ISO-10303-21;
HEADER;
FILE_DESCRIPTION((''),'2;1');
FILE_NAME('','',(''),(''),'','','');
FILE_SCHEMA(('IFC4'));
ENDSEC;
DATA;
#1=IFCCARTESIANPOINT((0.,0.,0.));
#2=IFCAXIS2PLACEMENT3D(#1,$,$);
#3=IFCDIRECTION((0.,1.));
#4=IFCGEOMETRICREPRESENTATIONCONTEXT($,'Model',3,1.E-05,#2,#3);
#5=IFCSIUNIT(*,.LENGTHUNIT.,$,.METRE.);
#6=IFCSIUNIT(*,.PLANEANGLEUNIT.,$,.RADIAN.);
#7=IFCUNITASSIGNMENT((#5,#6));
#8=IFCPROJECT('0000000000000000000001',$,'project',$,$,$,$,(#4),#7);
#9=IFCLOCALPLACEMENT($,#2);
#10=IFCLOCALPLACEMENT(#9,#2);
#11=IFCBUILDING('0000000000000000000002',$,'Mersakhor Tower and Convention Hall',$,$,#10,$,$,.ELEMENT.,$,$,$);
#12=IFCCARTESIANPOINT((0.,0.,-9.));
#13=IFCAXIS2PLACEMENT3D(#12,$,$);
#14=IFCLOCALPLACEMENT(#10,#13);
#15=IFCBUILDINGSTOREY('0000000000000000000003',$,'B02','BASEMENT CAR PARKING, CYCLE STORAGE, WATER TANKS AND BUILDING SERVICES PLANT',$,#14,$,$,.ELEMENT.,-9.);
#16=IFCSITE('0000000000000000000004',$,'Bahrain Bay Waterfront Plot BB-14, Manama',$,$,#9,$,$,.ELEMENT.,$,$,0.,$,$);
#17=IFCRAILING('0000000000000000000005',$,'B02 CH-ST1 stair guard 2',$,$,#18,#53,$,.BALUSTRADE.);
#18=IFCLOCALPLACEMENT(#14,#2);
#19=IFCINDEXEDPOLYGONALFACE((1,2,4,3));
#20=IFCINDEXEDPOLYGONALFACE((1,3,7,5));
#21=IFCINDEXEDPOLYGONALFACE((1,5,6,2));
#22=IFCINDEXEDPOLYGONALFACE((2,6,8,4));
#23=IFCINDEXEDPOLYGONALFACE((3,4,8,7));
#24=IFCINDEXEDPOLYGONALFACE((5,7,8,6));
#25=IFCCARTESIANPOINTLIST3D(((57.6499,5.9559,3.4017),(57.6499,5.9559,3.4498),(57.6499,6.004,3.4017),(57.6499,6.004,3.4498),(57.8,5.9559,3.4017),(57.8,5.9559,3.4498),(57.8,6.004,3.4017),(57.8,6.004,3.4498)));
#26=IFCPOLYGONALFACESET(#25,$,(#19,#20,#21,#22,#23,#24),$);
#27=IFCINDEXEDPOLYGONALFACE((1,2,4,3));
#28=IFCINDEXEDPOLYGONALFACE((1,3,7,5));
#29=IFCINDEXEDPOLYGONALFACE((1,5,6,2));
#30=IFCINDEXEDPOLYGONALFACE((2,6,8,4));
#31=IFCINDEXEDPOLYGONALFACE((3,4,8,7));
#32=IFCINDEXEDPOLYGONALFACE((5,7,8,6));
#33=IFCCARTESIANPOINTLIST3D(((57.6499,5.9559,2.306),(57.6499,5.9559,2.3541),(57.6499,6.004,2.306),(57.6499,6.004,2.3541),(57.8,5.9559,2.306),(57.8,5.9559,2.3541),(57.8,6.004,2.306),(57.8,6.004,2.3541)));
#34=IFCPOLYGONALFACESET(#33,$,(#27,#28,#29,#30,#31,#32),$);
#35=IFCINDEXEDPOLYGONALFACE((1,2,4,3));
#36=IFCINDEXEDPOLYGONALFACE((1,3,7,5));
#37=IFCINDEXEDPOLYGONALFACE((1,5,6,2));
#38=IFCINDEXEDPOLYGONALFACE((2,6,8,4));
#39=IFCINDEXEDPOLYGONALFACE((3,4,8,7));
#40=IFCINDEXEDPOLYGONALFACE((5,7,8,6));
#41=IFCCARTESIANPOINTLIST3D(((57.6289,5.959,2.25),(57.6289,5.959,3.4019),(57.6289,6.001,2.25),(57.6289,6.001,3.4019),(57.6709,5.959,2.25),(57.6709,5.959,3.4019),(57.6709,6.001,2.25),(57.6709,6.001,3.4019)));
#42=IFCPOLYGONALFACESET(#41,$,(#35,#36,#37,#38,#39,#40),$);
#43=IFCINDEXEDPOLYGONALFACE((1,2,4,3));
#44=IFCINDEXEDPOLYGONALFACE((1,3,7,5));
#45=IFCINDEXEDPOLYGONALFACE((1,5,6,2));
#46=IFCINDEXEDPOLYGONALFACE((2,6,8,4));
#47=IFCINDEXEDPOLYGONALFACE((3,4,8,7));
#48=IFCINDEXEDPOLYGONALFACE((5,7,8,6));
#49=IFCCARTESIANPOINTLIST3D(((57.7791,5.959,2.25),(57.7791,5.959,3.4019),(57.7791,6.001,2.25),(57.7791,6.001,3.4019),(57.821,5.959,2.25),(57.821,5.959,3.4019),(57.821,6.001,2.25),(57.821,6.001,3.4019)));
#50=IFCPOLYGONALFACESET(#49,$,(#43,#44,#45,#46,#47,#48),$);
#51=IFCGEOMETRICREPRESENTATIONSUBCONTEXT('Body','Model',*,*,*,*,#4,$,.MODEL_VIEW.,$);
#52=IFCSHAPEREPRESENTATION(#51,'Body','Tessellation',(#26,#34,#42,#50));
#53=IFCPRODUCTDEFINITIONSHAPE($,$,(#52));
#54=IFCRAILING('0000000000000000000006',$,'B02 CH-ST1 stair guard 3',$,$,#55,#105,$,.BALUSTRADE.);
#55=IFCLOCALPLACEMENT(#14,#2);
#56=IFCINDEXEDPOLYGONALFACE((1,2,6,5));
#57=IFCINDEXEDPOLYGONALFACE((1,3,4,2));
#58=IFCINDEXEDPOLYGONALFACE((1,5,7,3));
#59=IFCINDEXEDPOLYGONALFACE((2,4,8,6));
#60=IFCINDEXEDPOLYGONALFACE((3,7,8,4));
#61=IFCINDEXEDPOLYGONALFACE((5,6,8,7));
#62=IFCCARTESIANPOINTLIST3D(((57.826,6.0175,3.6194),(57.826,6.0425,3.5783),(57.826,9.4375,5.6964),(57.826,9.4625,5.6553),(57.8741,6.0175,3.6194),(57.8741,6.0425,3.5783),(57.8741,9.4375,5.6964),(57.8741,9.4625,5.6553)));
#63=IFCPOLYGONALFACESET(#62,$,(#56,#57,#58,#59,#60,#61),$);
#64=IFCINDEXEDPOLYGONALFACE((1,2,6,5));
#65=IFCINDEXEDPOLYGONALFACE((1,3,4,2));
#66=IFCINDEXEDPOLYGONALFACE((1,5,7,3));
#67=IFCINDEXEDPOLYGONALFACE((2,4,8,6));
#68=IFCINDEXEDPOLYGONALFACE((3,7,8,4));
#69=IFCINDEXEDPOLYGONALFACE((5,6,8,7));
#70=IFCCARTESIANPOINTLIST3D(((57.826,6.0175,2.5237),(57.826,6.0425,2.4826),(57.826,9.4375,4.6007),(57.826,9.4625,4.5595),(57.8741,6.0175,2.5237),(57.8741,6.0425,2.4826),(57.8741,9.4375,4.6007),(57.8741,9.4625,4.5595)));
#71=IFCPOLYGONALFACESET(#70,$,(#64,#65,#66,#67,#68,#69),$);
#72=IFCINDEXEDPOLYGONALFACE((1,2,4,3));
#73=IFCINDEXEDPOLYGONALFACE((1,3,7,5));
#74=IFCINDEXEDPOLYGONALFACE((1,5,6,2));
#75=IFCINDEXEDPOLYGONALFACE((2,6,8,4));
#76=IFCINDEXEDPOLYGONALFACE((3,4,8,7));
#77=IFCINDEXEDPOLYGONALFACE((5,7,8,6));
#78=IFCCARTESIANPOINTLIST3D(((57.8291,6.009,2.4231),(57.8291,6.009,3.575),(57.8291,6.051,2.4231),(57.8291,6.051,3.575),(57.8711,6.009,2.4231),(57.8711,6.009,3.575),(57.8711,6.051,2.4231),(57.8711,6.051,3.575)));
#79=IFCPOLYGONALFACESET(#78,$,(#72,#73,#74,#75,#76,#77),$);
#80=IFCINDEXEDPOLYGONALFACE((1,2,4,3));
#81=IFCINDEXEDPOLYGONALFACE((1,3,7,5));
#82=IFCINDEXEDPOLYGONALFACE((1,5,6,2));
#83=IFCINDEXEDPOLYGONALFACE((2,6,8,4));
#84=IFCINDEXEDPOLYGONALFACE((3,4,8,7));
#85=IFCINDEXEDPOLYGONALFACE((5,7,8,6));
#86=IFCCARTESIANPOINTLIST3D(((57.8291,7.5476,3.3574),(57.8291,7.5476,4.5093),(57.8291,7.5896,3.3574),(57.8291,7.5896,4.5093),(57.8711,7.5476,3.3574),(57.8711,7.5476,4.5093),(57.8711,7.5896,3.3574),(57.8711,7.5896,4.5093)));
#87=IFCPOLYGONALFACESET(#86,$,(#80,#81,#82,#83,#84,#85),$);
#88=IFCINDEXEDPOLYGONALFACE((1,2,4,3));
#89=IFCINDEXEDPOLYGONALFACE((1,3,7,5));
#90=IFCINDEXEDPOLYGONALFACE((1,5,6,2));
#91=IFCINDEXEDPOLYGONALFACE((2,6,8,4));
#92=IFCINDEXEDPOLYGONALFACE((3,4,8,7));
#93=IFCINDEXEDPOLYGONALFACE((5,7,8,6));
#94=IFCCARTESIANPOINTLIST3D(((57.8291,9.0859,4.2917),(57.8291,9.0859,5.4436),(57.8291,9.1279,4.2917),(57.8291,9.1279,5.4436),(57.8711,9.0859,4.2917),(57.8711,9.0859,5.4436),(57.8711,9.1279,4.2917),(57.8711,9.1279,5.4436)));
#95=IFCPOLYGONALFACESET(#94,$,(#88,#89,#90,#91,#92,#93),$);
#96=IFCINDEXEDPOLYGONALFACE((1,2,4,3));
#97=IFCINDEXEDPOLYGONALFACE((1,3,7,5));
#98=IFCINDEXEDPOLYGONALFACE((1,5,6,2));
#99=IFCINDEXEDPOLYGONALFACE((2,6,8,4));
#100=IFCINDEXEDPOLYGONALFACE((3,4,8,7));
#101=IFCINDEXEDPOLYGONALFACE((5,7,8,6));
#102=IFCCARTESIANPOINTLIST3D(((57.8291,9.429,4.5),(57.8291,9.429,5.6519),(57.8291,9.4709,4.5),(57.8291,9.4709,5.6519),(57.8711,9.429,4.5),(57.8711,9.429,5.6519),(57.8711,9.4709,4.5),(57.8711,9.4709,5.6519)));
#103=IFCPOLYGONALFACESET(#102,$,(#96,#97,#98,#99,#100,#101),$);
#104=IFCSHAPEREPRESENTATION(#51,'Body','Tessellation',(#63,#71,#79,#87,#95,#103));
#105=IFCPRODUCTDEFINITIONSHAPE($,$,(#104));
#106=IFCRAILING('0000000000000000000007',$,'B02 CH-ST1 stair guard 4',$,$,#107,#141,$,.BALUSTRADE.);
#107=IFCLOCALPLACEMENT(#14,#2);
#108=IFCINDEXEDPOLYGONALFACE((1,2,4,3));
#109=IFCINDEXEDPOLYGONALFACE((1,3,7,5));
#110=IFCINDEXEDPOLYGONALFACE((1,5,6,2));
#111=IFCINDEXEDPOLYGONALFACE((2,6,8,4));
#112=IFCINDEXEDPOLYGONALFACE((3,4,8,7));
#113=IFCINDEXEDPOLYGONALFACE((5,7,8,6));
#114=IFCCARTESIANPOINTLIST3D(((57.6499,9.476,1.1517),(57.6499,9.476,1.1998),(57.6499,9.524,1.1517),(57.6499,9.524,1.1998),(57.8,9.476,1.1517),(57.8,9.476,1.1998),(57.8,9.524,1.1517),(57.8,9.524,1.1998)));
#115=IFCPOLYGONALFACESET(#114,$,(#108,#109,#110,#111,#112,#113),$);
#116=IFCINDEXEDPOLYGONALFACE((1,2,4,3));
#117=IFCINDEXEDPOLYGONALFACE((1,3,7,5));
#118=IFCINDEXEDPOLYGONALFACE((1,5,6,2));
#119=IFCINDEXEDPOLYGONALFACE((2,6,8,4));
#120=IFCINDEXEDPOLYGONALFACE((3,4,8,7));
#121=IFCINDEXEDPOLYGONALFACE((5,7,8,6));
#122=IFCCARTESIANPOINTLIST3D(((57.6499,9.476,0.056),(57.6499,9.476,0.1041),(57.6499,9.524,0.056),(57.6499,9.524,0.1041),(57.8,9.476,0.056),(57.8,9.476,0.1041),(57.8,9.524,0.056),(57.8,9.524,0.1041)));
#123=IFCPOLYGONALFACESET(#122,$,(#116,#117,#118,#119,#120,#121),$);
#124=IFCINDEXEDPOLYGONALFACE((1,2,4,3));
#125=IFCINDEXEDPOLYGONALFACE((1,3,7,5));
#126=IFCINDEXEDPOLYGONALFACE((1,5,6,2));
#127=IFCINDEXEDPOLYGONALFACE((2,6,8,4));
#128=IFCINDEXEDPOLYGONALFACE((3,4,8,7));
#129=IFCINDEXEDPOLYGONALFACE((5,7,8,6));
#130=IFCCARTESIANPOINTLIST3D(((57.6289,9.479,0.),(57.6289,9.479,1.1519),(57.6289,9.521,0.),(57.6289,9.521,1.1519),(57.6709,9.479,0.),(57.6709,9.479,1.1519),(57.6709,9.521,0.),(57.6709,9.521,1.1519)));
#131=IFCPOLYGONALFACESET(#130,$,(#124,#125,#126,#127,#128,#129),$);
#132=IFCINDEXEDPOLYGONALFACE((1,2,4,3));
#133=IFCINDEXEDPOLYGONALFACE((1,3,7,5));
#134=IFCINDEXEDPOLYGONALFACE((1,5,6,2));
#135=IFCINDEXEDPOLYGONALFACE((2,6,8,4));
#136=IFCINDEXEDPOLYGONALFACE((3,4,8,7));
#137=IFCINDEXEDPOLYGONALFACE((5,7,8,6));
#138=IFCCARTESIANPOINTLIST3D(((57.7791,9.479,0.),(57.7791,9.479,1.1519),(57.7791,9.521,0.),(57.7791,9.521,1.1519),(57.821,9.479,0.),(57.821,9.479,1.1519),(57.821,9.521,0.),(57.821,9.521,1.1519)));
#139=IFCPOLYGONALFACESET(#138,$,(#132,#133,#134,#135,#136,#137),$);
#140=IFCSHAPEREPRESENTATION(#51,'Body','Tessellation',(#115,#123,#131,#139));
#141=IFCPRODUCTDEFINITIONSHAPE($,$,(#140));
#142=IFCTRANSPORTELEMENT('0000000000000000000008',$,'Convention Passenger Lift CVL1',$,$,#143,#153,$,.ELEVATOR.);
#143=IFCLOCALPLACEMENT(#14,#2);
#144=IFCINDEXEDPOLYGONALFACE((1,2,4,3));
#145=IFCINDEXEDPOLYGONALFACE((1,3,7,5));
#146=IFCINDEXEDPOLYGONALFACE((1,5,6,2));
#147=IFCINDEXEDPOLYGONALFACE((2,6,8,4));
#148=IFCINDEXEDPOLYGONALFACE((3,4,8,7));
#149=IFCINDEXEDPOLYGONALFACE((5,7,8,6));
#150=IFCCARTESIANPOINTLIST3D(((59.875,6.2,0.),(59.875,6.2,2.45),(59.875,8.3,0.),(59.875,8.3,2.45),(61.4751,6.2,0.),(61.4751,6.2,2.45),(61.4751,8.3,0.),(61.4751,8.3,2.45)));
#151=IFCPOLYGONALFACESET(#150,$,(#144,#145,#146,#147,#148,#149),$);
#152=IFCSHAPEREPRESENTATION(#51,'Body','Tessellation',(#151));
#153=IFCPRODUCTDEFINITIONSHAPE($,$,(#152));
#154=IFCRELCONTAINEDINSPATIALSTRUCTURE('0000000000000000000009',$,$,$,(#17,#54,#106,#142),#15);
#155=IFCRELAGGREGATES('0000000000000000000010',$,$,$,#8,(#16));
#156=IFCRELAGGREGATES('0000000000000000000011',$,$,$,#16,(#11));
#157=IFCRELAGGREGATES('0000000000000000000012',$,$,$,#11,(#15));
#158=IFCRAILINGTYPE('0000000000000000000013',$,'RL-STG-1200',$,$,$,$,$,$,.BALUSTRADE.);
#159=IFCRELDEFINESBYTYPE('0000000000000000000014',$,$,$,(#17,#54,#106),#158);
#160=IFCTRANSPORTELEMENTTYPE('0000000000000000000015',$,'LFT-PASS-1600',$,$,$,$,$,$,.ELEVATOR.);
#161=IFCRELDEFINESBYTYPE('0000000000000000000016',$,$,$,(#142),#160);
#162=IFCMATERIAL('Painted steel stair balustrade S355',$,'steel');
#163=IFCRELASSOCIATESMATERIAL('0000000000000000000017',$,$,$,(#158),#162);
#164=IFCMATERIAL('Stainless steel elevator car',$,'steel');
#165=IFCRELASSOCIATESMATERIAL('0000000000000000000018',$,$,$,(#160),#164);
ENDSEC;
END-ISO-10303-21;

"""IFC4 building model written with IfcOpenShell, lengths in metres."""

from ifc_helpers import new_model, si_unit, direction, frame, origin, origin_2d, place, context, subcontext, project, spatial, rectangle, extrude, material, type_object, element, save


model = new_model("IFC4")

# Units and contexts
model_context = context("Model", 3, precision=1e-05, world=origin(), true_north=direction((0.0, 1.0)))
body_context = subcontext(model_context, "Body", "Model", "MODEL_VIEW")
ifc_project = project(units=[si_unit("LENGTHUNIT", "METRE"), si_unit("PLANEANGLEUNIT", "RADIAN")], contexts=[model_context])

# Site, building, storey
site_placement = place(None, origin())
site = spatial("IfcSite", under=ifc_project, at=site_placement, Name="Bahrain Bay Waterfront Plot BB-14, Manama", CompositionType="ELEMENT", RefElevation=0.0)
building_placement = place(site_placement, origin())
building = spatial("IfcBuilding", under=site, at=building_placement, Name="Mersakhor Tower and Convention Hall", CompositionType="ELEMENT")
storey_placement = place(building_placement, frame((0.0, 0.0, -9.0)))
storey = spatial("IfcBuildingStorey", under=building, at=storey_placement, Name="B02", Description="BASEMENT CAR PARKING, CYCLE STORAGE, WATER TANKS AND BUILDING SERVICES PLANT", CompositionType="ELEMENT", Elevation=-9.0)

# Railings
ifc_material_1 = material(Name="Painted steel stair balustrade S355", Category="steel")
railing_type_1 = type_object("IfcRailingType", Name="RL-STG-1200", PredefinedType="BALUSTRADE", material=ifc_material_1)
railing_1_placement = place(storey_placement, frame((57.6499, 5.98, 2.25)))
element("IfcRailing", 1, at=railing_1_placement, inside=storey, type_object=railing_type_1, Name="B02 CH-ST1 stair guard 2", PredefinedType="BALUSTRADE", context=body_context, shape_type="SweptSolid", body=[
    extrude(rectangle(XDim=0.0481, YDim=0.0481, at=origin_2d()), frame((0.0, 0.0, 1.1758), z_axis=(1.0, 0.0, 0.0), x_axis=(0.0, 1.0, 0.0)), (0.0, 0.0, 1.0), 0.1501),
    extrude(rectangle(XDim=0.0481, YDim=0.0481, at=origin_2d()), frame((0.0, 0.0, 0.0801), z_axis=(1.0, 0.0, 0.0), x_axis=(0.0, 1.0, 0.0)), (0.0, 0.0, 1.0), 0.1501),
    extrude(rectangle(XDim=0.042, YDim=0.042, at=origin_2d()), origin(), (0.0, 0.0, 1.0), 1.1519),
    extrude(rectangle(XDim=0.042, YDim=0.042, at=origin_2d()), frame((0.1501, 0.0, 0.0)), (0.0, 0.0, 1.0), 1.1519),
])
railing_2_placement = place(storey_placement, frame((57.8501, 6.03, 2.4231)))
element("IfcRailing", 2, at=railing_2_placement, inside=storey, type_object=railing_type_1, Name="B02 CH-ST1 stair guard 3", PredefinedType="BALUSTRADE", context=body_context, shape_type="SweptSolid", body=[
    extrude(rectangle(XDim=0.0481, YDim=0.0481, at=origin_2d()), frame((0.0, 0.0, 1.1758), z_axis=(0.0, 0.85473, 0.519074), x_axis=(-1.0, 0.0, 0.0)), (0.0, 0.0, 1.0), 4.0012),
    extrude(rectangle(XDim=0.0481, YDim=0.0481, at=origin_2d()), frame((0.0, 0.0, 0.0801), z_axis=(0.0, 0.85473, 0.519074), x_axis=(-1.0, 0.0, 0.0)), (0.0, 0.0, 1.0), 4.0012),
    extrude(rectangle(XDim=0.042, YDim=0.042, at=origin_2d()), origin(), (0.0, 0.0, 1.0), 1.1519),
    extrude(rectangle(XDim=0.042, YDim=0.042, at=origin_2d()), frame((0.0, 1.5386, 0.9343)), (0.0, 0.0, 1.0), 1.1519),
    extrude(rectangle(XDim=0.042, YDim=0.042, at=origin_2d()), frame((0.0, 3.0769, 1.8687)), (0.0, 0.0, 1.0), 1.1519),
    extrude(rectangle(XDim=0.042, YDim=0.042, at=origin_2d()), frame((0.0, 3.4199, 2.0769)), (0.0, 0.0, 1.0), 1.1519),
])
railing_3_placement = place(storey_placement, frame((57.6499, 9.5, 0.0)))
element("IfcRailing", 3, at=railing_3_placement, inside=storey, type_object=railing_type_1, Name="B02 CH-ST1 stair guard 4", PredefinedType="BALUSTRADE", context=body_context, shape_type="SweptSolid", body=[
    extrude(rectangle(XDim=0.0481, YDim=0.0481, at=origin_2d()), frame((0.0, 0.0, 1.1758), z_axis=(1.0, 0.0, 0.0), x_axis=(0.0, 1.0, 0.0)), (0.0, 0.0, 1.0), 0.1501),
    extrude(rectangle(XDim=0.0481, YDim=0.0481, at=origin_2d()), frame((0.0, 0.0, 0.0801), z_axis=(1.0, 0.0, 0.0), x_axis=(0.0, 1.0, 0.0)), (0.0, 0.0, 1.0), 0.1501),
    extrude(rectangle(XDim=0.042, YDim=0.042, at=origin_2d()), origin(), (0.0, 0.0, 1.0), 1.1519),
    extrude(rectangle(XDim=0.042, YDim=0.042, at=origin_2d()), frame((0.1501, 0.0, 0.0)), (0.0, 0.0, 1.0), 1.1519),
])

# Transport element
ifc_material_2 = material(Name="Stainless steel elevator car", Category="steel")
transport_element_type = type_object("IfcTransportElementType", Name="LFT-PASS-1600", PredefinedType="ELEVATOR", material=ifc_material_2)
transport_element_placement = place(storey_placement, frame((60.675, 7.25, 0.0), z_axis=(0.0, 0.0, 1.0), x_axis=(1.0, 0.0, 0.0)))
element("IfcTransportElement", 4, at=transport_element_placement, inside=storey, type_object=transport_element_type, Name="Convention Passenger Lift CVL1", PredefinedType="ELEVATOR", context=body_context, shape_type="SweptSolid", body=[
    extrude(rectangle(XDim=1.6001, YDim=2.1001, at=origin_2d()), origin(), (0.0, 0.0, 1.0), 2.45),
])

save(model, "model.ifc")
